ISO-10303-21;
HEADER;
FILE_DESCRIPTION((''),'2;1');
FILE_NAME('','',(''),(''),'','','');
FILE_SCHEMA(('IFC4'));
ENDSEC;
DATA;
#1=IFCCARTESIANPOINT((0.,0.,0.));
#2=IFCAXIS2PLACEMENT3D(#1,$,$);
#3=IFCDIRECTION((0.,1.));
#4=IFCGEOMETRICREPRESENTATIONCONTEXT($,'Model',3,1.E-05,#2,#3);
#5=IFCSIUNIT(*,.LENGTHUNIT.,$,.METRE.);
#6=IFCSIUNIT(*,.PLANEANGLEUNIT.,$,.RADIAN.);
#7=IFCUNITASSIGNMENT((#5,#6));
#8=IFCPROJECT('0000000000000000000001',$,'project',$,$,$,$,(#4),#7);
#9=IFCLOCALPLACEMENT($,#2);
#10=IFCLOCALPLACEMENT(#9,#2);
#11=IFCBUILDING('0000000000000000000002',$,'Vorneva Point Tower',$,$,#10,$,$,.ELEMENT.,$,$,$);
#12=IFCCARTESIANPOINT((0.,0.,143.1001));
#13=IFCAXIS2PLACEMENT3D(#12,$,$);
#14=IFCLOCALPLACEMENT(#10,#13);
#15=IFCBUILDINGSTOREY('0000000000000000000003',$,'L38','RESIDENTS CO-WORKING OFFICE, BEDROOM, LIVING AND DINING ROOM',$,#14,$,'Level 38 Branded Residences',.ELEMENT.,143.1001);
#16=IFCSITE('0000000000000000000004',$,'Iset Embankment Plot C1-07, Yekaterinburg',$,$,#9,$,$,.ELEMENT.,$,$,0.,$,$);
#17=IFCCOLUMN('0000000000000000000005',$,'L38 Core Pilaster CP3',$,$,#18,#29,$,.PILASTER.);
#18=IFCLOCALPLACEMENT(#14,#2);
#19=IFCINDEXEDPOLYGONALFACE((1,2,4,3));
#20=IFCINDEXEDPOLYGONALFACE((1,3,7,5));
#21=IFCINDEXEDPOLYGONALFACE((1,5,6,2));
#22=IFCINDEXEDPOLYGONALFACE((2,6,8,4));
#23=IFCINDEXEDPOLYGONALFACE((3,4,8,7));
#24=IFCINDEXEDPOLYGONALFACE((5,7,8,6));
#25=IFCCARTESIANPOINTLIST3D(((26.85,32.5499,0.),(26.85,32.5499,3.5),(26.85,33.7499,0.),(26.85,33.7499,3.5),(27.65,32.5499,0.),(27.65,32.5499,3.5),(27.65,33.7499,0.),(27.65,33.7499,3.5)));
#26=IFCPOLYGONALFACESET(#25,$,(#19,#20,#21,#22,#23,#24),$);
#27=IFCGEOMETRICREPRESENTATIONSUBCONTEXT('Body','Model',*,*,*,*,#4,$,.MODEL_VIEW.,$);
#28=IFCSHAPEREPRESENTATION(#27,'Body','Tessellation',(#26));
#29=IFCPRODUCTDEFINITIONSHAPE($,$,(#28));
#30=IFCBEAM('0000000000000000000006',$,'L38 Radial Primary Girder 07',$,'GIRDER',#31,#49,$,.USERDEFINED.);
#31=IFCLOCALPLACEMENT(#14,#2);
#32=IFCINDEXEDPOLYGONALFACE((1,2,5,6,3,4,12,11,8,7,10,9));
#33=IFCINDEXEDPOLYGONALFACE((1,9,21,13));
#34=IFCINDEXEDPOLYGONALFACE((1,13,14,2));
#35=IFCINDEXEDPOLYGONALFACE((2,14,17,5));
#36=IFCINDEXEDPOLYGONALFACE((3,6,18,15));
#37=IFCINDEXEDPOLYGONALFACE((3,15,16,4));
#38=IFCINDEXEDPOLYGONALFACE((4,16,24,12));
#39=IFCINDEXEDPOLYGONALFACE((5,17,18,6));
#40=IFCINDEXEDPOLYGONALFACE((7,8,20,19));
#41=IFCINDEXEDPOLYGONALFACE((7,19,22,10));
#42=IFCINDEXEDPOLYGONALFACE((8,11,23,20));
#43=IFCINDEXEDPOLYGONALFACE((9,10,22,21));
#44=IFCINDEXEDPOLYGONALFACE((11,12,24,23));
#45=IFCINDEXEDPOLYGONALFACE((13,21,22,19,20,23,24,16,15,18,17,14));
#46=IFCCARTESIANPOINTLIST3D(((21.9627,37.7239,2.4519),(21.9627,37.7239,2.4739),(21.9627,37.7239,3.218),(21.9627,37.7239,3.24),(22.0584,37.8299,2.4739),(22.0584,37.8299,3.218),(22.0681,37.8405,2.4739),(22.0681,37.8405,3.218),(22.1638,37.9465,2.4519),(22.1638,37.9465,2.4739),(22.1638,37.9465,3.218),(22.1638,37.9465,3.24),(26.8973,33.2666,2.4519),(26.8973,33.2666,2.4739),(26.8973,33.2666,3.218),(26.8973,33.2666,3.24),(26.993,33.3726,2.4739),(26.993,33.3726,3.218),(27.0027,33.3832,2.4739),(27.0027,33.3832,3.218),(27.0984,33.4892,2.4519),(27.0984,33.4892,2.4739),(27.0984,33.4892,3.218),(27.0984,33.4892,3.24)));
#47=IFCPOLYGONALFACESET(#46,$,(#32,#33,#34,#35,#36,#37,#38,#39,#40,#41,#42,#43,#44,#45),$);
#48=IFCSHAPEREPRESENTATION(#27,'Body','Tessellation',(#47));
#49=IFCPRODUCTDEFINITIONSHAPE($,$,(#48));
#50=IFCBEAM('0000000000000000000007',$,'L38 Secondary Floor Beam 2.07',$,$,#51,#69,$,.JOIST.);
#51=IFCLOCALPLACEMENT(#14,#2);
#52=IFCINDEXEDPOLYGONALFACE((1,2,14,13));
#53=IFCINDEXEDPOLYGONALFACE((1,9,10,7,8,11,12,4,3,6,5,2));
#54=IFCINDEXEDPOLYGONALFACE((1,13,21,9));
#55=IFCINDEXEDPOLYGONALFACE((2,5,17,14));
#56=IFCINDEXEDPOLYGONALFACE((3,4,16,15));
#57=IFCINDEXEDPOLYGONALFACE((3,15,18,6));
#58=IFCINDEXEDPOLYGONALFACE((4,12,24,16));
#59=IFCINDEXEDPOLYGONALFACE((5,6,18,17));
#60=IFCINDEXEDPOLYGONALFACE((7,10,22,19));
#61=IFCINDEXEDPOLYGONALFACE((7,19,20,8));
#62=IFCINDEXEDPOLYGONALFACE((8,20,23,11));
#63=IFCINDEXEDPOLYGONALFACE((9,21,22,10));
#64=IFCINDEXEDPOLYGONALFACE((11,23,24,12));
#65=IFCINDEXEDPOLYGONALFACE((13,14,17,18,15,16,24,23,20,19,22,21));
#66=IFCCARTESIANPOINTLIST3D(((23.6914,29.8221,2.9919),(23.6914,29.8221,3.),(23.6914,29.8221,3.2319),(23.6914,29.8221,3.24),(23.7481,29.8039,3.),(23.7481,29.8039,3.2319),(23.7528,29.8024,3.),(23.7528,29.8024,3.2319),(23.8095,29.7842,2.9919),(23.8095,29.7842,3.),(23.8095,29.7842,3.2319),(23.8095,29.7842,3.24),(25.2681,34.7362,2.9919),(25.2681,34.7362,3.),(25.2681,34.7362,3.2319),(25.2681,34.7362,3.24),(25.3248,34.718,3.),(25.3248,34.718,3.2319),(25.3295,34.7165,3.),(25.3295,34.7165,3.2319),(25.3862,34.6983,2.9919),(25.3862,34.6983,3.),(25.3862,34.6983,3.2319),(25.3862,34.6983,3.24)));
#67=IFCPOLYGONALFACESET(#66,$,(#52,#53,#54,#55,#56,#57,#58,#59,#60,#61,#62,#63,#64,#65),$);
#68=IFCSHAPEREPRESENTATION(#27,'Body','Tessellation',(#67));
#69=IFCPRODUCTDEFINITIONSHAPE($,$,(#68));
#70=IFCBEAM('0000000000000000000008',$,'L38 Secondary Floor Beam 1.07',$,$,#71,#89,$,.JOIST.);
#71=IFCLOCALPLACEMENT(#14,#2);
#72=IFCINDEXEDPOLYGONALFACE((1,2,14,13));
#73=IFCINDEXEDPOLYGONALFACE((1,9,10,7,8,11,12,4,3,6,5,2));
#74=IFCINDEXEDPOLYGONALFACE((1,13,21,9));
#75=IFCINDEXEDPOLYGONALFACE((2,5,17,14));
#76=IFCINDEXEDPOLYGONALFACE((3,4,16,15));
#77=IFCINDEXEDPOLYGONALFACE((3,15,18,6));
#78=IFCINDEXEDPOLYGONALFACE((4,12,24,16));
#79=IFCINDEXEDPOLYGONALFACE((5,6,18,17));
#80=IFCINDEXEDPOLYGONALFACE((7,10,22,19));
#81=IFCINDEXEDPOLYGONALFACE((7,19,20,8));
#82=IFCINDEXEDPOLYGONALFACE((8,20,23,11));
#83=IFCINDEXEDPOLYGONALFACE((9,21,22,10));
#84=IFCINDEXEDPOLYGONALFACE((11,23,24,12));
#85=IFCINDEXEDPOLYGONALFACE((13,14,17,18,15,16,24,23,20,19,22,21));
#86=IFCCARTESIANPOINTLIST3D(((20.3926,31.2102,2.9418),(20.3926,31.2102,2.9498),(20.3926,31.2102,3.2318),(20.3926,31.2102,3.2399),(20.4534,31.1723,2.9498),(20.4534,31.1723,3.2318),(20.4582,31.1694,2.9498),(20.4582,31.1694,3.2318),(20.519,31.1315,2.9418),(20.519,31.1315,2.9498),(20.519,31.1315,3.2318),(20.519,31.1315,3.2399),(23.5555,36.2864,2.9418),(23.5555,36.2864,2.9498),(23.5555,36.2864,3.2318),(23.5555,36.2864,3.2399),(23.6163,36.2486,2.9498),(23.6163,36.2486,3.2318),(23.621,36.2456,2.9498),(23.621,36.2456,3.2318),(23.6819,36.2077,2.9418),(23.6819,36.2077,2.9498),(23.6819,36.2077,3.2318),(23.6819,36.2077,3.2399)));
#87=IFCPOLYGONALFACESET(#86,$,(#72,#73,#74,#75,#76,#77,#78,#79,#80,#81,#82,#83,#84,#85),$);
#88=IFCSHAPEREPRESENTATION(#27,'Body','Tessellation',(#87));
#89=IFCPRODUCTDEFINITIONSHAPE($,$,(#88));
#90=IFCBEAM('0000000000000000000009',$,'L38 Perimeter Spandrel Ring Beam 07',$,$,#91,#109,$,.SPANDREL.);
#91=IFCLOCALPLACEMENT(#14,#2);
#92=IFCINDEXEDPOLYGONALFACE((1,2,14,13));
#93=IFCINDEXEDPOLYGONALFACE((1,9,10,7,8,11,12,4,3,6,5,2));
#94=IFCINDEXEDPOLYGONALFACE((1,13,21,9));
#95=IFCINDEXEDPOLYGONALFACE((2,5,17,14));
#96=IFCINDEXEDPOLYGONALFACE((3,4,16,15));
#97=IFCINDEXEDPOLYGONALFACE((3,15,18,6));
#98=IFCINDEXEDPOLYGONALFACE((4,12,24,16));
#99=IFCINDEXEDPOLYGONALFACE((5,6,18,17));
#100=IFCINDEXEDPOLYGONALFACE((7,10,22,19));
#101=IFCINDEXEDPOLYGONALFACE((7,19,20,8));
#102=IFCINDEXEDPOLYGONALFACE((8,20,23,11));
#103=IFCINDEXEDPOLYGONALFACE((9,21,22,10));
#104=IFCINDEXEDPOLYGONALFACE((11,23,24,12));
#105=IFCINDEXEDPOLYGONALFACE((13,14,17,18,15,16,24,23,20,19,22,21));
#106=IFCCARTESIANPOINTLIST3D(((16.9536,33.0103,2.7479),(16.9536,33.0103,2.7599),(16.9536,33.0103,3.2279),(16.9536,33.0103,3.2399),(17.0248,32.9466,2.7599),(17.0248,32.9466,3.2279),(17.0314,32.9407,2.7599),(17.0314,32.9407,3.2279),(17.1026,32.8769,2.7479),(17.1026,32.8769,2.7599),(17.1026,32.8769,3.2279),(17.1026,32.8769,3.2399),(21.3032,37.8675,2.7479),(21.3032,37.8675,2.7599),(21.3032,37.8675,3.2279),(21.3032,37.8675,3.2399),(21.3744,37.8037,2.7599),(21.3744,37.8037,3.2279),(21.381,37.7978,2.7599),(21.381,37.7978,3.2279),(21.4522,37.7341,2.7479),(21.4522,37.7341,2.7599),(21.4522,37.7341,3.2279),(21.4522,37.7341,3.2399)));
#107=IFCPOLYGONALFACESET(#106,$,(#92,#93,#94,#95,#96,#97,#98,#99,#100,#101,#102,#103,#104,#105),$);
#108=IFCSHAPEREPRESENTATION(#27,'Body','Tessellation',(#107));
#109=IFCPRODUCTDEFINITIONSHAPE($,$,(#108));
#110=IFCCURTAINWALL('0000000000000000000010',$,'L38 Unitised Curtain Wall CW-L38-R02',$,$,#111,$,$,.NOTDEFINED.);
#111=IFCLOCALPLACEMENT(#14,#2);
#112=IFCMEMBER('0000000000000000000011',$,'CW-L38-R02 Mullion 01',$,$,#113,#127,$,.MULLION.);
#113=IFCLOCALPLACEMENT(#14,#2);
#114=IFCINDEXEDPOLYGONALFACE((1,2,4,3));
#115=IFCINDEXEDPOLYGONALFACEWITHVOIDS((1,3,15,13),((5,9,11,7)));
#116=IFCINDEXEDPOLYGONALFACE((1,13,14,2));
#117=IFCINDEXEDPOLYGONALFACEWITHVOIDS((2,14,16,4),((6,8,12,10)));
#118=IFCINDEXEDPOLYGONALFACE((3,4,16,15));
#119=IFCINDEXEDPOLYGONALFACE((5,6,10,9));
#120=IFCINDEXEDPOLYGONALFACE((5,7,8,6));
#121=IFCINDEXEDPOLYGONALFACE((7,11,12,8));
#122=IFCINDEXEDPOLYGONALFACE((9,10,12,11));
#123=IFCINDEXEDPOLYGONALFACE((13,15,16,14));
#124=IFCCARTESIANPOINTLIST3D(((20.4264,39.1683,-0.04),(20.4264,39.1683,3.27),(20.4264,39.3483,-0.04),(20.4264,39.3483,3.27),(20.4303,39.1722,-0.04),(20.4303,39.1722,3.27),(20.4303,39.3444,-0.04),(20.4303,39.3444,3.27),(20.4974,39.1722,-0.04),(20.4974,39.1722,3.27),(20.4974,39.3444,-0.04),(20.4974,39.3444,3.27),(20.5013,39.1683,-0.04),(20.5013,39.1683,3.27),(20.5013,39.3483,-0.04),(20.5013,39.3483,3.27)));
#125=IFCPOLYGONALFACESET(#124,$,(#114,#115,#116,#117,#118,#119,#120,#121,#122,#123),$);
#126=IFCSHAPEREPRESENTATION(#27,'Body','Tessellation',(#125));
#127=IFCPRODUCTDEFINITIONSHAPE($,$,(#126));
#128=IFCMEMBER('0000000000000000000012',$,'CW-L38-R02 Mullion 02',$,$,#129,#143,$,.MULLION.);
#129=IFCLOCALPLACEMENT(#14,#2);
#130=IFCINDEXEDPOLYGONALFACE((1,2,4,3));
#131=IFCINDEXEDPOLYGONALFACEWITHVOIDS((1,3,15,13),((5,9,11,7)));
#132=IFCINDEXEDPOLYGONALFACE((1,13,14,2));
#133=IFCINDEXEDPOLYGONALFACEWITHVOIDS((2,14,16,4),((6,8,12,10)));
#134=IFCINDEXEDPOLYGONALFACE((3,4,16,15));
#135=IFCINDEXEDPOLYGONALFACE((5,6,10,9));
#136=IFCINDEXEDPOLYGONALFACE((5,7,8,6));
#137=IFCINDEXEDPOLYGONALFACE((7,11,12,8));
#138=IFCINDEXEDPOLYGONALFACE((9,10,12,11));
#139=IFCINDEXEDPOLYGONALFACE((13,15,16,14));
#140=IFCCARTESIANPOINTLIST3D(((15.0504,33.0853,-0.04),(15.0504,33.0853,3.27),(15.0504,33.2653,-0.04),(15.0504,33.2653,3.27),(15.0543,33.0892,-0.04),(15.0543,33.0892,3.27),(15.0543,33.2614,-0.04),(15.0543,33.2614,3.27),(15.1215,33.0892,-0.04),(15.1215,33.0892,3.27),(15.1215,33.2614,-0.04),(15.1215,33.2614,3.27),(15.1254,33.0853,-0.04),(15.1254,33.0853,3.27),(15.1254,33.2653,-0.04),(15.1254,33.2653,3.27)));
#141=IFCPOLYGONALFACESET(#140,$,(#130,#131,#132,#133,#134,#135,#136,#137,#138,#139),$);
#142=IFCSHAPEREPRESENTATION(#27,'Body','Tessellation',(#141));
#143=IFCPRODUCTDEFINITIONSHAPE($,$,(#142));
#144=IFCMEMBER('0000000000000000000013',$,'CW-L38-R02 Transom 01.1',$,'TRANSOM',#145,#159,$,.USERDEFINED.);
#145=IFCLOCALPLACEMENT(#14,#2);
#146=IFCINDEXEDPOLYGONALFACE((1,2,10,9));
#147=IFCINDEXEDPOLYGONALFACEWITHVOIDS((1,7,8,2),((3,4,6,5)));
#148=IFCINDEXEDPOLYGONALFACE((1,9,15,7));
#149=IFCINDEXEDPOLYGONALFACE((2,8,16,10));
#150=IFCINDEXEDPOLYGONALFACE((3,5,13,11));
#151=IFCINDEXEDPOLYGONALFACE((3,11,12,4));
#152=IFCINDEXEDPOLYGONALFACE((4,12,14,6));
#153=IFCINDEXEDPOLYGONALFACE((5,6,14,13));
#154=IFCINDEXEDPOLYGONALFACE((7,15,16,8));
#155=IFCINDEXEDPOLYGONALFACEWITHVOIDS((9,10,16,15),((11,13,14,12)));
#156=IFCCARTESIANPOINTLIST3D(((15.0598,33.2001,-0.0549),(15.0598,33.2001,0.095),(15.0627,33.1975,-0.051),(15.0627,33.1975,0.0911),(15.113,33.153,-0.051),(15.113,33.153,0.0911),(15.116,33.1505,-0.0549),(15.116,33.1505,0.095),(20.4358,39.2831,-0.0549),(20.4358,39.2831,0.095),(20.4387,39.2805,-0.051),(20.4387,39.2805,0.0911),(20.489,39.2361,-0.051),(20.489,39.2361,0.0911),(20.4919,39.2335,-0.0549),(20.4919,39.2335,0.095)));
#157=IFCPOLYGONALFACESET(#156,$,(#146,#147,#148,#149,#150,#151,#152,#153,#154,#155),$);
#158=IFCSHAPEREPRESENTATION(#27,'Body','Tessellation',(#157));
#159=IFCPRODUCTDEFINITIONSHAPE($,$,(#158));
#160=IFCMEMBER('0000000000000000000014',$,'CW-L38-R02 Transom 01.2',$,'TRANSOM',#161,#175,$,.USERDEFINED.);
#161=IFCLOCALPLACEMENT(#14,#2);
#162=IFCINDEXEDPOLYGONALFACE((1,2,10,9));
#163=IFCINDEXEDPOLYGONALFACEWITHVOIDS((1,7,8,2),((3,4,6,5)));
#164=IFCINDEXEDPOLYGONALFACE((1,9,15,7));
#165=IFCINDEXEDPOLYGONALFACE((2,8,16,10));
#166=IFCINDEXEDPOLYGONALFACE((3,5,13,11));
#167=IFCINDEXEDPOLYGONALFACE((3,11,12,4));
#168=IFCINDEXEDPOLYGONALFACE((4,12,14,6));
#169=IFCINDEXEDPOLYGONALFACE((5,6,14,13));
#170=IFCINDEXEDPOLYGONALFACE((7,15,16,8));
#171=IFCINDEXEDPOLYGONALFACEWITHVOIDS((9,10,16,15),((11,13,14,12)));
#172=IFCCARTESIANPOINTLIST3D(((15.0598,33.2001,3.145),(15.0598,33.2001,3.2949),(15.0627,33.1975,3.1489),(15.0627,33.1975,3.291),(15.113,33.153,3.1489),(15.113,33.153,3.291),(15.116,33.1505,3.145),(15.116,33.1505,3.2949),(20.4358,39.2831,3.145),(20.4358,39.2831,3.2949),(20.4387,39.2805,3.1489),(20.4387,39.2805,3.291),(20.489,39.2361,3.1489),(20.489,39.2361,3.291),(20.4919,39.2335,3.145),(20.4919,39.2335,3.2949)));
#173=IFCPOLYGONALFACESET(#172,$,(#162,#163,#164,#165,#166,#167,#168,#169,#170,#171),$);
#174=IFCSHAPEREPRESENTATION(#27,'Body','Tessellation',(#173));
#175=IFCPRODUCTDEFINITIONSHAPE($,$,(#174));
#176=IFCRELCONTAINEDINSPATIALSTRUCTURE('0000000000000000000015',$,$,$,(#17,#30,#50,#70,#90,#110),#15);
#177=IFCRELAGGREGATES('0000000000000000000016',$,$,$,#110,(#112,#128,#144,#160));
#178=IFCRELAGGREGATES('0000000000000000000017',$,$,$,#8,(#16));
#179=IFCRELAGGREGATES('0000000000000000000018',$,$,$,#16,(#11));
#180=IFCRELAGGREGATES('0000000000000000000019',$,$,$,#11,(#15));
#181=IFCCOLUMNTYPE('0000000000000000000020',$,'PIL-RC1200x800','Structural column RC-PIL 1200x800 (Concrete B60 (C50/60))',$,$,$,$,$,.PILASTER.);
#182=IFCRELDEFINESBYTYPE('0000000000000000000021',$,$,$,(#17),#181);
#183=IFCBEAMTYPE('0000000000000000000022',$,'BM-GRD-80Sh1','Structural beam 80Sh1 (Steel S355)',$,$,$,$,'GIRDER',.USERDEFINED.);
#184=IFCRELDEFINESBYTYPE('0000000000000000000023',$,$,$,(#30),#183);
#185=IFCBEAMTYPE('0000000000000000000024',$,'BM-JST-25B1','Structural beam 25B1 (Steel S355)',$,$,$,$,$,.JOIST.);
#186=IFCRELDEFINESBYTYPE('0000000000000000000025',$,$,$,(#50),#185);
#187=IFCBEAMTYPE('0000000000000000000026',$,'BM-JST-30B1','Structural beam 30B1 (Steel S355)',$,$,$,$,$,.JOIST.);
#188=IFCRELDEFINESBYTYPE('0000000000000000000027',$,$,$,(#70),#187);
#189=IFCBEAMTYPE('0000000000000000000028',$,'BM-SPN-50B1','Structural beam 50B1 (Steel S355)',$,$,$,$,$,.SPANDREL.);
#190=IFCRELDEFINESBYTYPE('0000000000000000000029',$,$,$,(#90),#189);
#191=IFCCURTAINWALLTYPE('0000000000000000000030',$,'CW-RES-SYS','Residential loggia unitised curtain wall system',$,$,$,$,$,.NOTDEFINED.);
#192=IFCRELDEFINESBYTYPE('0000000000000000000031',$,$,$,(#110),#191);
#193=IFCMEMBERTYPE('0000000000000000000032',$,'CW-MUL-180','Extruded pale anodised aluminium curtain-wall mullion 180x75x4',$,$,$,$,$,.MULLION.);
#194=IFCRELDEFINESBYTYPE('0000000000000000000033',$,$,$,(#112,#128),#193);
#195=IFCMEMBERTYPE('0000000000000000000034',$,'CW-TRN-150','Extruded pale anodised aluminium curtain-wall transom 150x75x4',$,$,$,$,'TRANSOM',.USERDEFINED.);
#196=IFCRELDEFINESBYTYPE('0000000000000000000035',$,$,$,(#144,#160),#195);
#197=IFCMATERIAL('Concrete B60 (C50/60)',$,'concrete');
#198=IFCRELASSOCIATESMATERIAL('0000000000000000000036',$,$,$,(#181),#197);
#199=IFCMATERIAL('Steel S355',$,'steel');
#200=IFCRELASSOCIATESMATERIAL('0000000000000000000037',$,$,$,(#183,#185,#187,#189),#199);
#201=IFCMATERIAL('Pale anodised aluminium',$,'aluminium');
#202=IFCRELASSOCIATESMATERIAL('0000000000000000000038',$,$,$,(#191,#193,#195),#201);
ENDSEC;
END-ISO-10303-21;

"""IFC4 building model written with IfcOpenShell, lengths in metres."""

from ifc_helpers import new_model, si_unit, direction, frame, origin, origin_2d, place, context, subcontext, project, spatial, rectangle, hollow_rectangle, i_section, extrude, material, material_profile, profile_set, type_object, element, aggregate, save


model = new_model("IFC4")

# Units and contexts
model_context = context("Model", 3, precision=1e-05, world=origin(), true_north=direction((0.0, 1.0)))
body_context = subcontext(model_context, "Body", "Model", "MODEL_VIEW")
ifc_project = project(units=[si_unit("LENGTHUNIT", "METRE"), si_unit("PLANEANGLEUNIT", "RADIAN")], contexts=[model_context])

# Site, building, storey
site_placement = place(None, origin())
site = spatial("IfcSite", under=ifc_project, at=site_placement, Name="Iset Embankment Plot C1-07, Yekaterinburg", CompositionType="ELEMENT", RefElevation=0.0)
building_placement = place(site_placement, origin())
building = spatial("IfcBuilding", under=site, at=building_placement, Name="Vorneva Point Tower", CompositionType="ELEMENT")
storey_placement = place(building_placement, frame((0.0, 0.0, 143.1001)))
storey = spatial("IfcBuildingStorey", under=building, at=storey_placement, Name="L38", Description="RESIDENTS CO-WORKING OFFICE, BEDROOM, LIVING AND DINING ROOM", LongName="Level 38 Branded Residences", CompositionType="ELEMENT", Elevation=143.1001)

# Column
ifc_material_1 = material(Name="Concrete B60 (C50/60)", Category="concrete")
ifc_material_profile_1 = material_profile(ifc_material_1, rectangle(XDim=0.8, YDim=1.2, at=origin_2d()), Name="RC-PIL 1200x800")
ifc_profile_set_1 = profile_set([ifc_material_profile_1], Name="Concrete B60 (C50/60)")
column_type_1 = type_object("IfcColumnType", Name="PIL-RC1200x800", Description="Structural column RC-PIL 1200x800 (Concrete B60 (C50/60))", PredefinedType="PILASTER", material=ifc_profile_set_1)
column_1_placement = place(storey_placement, frame((27.25, 33.1499, 0.0), z_axis=(0.0, 0.0, 1.0), x_axis=(1.0, 0.0, 0.0)))
element("IfcColumn", 1, at=column_1_placement, inside=storey, type_object=column_type_1, Name="L38 Core Pilaster CP3", PredefinedType="PILASTER", context=body_context, shape_type="SweptSolid", body=[
    extrude(rectangle(XDim=0.8, YDim=1.2, at=origin_2d()), origin(), (0.0, 0.0, 1.0), 3.5),
])

# Beams
ifc_material_2 = material(Name="Steel S355", Category="steel")
ifc_material_profile_2 = material_profile(ifc_material_2, i_section(OverallWidth=0.3, OverallDepth=0.7881, WebThickness=0.0144, FlangeThickness=0.022, at=origin_2d()), Name="80Sh1")
ifc_profile_set_2 = profile_set([ifc_material_profile_2], Name="Steel S355")
beam_type_1 = type_object("IfcBeamType", Name="BM-GRD-80Sh1", Description="Structural beam 80Sh1 (Steel S355)", ElementType="GIRDER", PredefinedType="USERDEFINED", material=ifc_profile_set_2)
beam_1_placement = place(storey_placement, frame((22.0632, 37.8352, 2.8459), z_axis=(0.742084, -0.670306, 0.0), x_axis=(0.670306, 0.742084, 0.0)))
element("IfcBeam", 2, at=beam_1_placement, inside=storey, type_object=beam_type_1, Name="L38 Radial Primary Girder 07", ObjectType="GIRDER", PredefinedType="USERDEFINED", context=body_context, shape_type="SweptSolid", body=[
    extrude(i_section(OverallWidth=0.3, OverallDepth=0.7881, WebThickness=0.0144, FlangeThickness=0.022, at=origin_2d()), origin(), (0.0, 0.0, 1.0), 6.6497),
])
ifc_material_profile_3 = material_profile(ifc_material_2, i_section(OverallWidth=0.124, OverallDepth=0.248, WebThickness=0.0049, FlangeThickness=0.0081, at=origin_2d()), Name="25B1")
ifc_profile_set_3 = profile_set([ifc_material_profile_3], Name="Steel S355")
beam_type_2 = type_object("IfcBeamType", Name="BM-JST-25B1", Description="Structural beam 25B1 (Steel S355)", PredefinedType="JOIST", material=ifc_profile_set_3)
beam_2_placement = place(storey_placement, frame((25.3271, 34.7173, 3.116), z_axis=(-0.305507, -0.95219, 0.0), x_axis=(0.95219, -0.305507, 0.0)))
element("IfcBeam", 3, at=beam_2_placement, inside=storey, type_object=beam_type_2, Name="L38 Secondary Floor Beam 2.07", PredefinedType="JOIST", context=body_context, shape_type="SweptSolid", body=[
    extrude(i_section(OverallWidth=0.124, OverallDepth=0.248, WebThickness=0.0049, FlangeThickness=0.0081, at=origin_2d()), origin(), (0.0, 0.0, 1.0), 5.1609),
])
ifc_material_profile_4 = material_profile(ifc_material_2, i_section(OverallWidth=0.1489, OverallDepth=0.2981, WebThickness=0.0056, FlangeThickness=0.0081, at=origin_2d()), Name="30B1")
ifc_profile_set_4 = profile_set([ifc_material_profile_4], Name="Steel S355")
beam_type_3 = type_object("IfcBeamType", Name="BM-JST-30B1", Description="Structural beam 30B1 (Steel S355)", PredefinedType="JOIST", material=ifc_profile_set_4)
beam_3_placement = place(storey_placement, frame((23.6187, 36.2471, 3.0908), z_axis=(-0.528824, -0.848731, 0.0), x_axis=(0.848731, -0.528824, 0.0)))
element("IfcBeam", 4, at=beam_3_placement, inside=storey, type_object=beam_type_3, Name="L38 Secondary Floor Beam 1.07", PredefinedType="JOIST", context=body_context, shape_type="SweptSolid", body=[
    extrude(i_section(OverallWidth=0.1489, OverallDepth=0.2981, WebThickness=0.0056, FlangeThickness=0.0081, at=origin_2d()), origin(), (0.0, 0.0, 1.0), 5.981),
])
ifc_material_profile_5 = material_profile(ifc_material_2, i_section(OverallWidth=0.2, OverallDepth=0.4919, WebThickness=0.0088, FlangeThickness=0.012, at=origin_2d()), Name="50B1")
ifc_profile_set_5 = profile_set([ifc_material_profile_5], Name="Steel S355")
beam_type_4 = type_object("IfcBeamType", Name="BM-SPN-50B1", Description="Structural beam 50B1 (Steel S355)", PredefinedType="SPANDREL", material=ifc_profile_set_5)
beam_4_placement = place(storey_placement, frame((21.3777, 37.8008, 2.9939), z_axis=(-0.667111, -0.744958, 0.0), x_axis=(0.744958, -0.667111, 0.0)))
element("IfcBeam", 5, at=beam_4_placement, inside=storey, type_object=beam_type_4, Name="L38 Perimeter Spandrel Ring Beam 07", PredefinedType="SPANDREL", context=body_context, shape_type="SweptSolid", body=[
    extrude(i_section(OverallWidth=0.2, OverallDepth=0.4919, WebThickness=0.0088, FlangeThickness=0.012, at=origin_2d()), origin(), (0.0, 0.0, 1.0), 6.52),
])

# Curtain wall, members
ifc_material_3 = material(Name="Pale anodised aluminium", Category="aluminium")
curtain_wall_type = type_object("IfcCurtainWallType", Name="CW-RES-SYS", Description="Residential loggia unitised curtain wall system", PredefinedType="NOTDEFINED", material=ifc_material_3)
curtain_wall_placement = place(storey_placement, origin())
curtain_wall = element("IfcCurtainWall", 6, at=curtain_wall_placement, inside=storey, type_object=curtain_wall_type, Name="L38 Unitised Curtain Wall CW-L38-R02", PredefinedType="NOTDEFINED")
ifc_material_profile_6 = material_profile(ifc_material_3, hollow_rectangle(XDim=0.075, YDim=0.1799, WallThickness=0.0039, at=origin_2d()), Name="AL-MUL 180x75x4")
ifc_profile_set_6 = profile_set([ifc_material_profile_6], Name="Pale anodised aluminium")
member_type_1 = type_object("IfcMemberType", Name="CW-MUL-180", Description="Extruded pale anodised aluminium curtain-wall mullion 180x75x4", PredefinedType="MULLION", material=ifc_profile_set_6)
member_1_placement = place(storey_placement, frame((20.4639, 39.2583, -0.04), z_axis=(0.0, 0.0, 1.0), x_axis=(1.0, 0.0, 0.0)))
member_1 = element("IfcMember", 7, at=member_1_placement, type_object=member_type_1, Name="CW-L38-R02 Mullion 01", PredefinedType="MULLION", context=body_context, shape_type="SweptSolid", body=[
    extrude(hollow_rectangle(XDim=0.075, YDim=0.1799, WallThickness=0.0039, at=origin_2d()), origin(), (0.0, 0.0, 1.0), 3.3101),
])
member_2_placement = place(storey_placement, frame((15.0879, 33.1753, -0.04), z_axis=(0.0, 0.0, 1.0), x_axis=(1.0, 0.0, 0.0)))
member_2 = element("IfcMember", 8, at=member_2_placement, type_object=member_type_1, Name="CW-L38-R02 Mullion 02", PredefinedType="MULLION", context=body_context, shape_type="SweptSolid", body=[
    extrude(hollow_rectangle(XDim=0.075, YDim=0.1799, WallThickness=0.0039, at=origin_2d()), origin(), (0.0, 0.0, 1.0), 3.3101),
])
ifc_material_profile_7 = material_profile(ifc_material_3, hollow_rectangle(XDim=0.075, YDim=0.1499, WallThickness=0.0039, at=origin_2d()), Name="AL-TRN 150x75x4")
ifc_profile_set_7 = profile_set([ifc_material_profile_7], Name="Pale anodised aluminium")
member_type_2 = type_object("IfcMemberType", Name="CW-TRN-150", Description="Extruded pale anodised aluminium curtain-wall transom 150x75x4", ElementType="TRANSOM", PredefinedType="USERDEFINED", material=ifc_profile_set_7)
member_3_placement = place(storey_placement, frame((20.4639, 39.2583, 0.02), z_axis=(-0.662218, -0.749311, 0.0), x_axis=(0.749311, -0.662218, 0.0)))
member_3 = element("IfcMember", 9, at=member_3_placement, type_object=member_type_2, Name="CW-L38-R02 Transom 01.1", ObjectType="TRANSOM", PredefinedType="USERDEFINED", context=body_context, shape_type="SweptSolid", body=[
    extrude(hollow_rectangle(XDim=0.075, YDim=0.1499, WallThickness=0.0039, at=origin_2d()), origin(), (0.0, 0.0, 1.0), 8.1182),
])
member_4_placement = place(storey_placement, frame((20.4639, 39.2583, 3.22), z_axis=(-0.662218, -0.749311, 0.0), x_axis=(0.749311, -0.662218, 0.0)))
member_4 = element("IfcMember", 10, at=member_4_placement, type_object=member_type_2, Name="CW-L38-R02 Transom 01.2", ObjectType="TRANSOM", PredefinedType="USERDEFINED", context=body_context, shape_type="SweptSolid", body=[
    extrude(hollow_rectangle(XDim=0.075, YDim=0.1499, WallThickness=0.0039, at=origin_2d()), origin(), (0.0, 0.0, 1.0), 8.1182),
])
aggregate(curtain_wall, [member_1, member_2, member_3, member_4])

save(model, "model.ifc")
